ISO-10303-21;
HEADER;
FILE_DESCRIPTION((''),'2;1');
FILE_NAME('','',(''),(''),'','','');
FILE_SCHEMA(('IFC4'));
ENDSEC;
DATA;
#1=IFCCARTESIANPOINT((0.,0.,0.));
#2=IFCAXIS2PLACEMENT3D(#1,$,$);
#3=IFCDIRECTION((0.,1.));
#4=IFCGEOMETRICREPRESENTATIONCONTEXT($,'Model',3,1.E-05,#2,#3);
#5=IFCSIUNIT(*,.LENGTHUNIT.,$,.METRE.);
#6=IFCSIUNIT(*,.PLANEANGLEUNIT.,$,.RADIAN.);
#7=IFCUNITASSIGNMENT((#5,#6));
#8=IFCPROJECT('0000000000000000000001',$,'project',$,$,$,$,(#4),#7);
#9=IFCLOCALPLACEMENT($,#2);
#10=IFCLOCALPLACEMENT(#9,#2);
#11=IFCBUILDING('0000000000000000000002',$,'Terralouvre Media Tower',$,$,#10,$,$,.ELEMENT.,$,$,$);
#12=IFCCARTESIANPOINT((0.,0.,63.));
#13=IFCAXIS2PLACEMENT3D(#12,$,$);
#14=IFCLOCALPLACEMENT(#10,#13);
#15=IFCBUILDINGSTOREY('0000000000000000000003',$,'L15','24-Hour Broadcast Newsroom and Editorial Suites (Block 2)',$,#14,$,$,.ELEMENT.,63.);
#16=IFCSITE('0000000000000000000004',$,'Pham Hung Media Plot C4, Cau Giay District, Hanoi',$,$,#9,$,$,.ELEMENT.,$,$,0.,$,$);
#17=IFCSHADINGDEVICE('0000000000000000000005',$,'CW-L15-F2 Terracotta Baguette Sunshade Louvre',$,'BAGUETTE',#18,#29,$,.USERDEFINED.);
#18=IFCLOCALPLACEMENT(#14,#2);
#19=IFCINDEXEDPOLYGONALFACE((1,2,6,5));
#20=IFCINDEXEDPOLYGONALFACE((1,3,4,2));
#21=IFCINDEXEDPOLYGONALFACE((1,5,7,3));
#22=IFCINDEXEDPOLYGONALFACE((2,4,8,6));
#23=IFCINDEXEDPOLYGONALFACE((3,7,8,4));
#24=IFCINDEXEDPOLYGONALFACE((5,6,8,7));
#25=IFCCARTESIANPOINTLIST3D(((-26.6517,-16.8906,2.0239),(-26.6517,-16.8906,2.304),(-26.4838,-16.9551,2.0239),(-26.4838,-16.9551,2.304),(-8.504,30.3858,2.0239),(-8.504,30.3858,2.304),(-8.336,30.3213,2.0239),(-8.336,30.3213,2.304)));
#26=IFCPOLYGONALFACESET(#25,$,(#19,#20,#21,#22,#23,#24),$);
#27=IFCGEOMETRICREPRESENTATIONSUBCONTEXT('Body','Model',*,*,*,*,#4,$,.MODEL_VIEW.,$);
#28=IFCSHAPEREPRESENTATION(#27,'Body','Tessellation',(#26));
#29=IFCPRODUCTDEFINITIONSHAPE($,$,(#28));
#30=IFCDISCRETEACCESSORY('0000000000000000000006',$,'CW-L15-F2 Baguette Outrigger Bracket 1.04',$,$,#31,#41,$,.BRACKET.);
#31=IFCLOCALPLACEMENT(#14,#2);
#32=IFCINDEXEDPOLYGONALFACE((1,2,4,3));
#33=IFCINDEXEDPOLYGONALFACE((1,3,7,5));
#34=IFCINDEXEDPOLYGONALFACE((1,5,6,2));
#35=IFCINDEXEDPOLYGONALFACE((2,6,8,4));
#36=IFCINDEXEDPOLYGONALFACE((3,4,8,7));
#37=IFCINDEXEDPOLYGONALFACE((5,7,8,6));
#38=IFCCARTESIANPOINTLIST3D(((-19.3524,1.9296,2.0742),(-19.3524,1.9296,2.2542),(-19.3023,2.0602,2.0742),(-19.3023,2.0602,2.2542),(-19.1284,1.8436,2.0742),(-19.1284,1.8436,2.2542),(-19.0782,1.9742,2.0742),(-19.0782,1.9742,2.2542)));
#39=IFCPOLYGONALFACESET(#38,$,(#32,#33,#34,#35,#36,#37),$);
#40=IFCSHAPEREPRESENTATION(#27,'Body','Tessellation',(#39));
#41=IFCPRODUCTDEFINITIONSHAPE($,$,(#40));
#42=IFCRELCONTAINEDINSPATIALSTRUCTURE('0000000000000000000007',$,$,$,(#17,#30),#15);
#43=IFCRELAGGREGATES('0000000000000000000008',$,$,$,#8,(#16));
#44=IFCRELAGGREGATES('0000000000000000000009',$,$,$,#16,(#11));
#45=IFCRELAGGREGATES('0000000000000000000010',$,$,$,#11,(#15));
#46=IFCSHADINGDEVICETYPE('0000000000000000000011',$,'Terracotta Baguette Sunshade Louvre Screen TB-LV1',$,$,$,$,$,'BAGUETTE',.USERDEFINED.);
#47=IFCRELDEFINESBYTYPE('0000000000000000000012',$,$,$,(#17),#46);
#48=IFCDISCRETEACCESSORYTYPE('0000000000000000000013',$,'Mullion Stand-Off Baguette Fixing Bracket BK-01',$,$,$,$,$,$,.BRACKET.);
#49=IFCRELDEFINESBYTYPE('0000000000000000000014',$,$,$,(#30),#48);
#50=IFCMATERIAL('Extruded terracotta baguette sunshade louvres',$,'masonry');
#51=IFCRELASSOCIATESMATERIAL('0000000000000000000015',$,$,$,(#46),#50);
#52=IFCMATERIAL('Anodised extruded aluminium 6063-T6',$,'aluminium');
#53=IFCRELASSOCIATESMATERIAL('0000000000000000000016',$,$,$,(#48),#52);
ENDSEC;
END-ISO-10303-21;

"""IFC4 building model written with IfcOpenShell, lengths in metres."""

from ifc_helpers import new_model, si_unit, direction, frame, origin, origin_2d, place, context, subcontext, project, spatial, rectangle, extrude, material, type_object, element, save


model = new_model("IFC4")

# Units and contexts
model_context = context("Model", 3, precision=1e-05, world=origin(), true_north=direction((0.0, 1.0)))
body_context = subcontext(model_context, "Body", "Model", "MODEL_VIEW")
ifc_project = project(units=[si_unit("LENGTHUNIT", "METRE"), si_unit("PLANEANGLEUNIT", "RADIAN")], contexts=[model_context])

# Site, building, storey
site_placement = place(None, origin())
site = spatial("IfcSite", under=ifc_project, at=site_placement, Name="Pham Hung Media Plot C4, Cau Giay District, Hanoi", CompositionType="ELEMENT", RefElevation=0.0)
building_placement = place(site_placement, origin())
building = spatial("IfcBuilding", under=site, at=building_placement, Name="Terralouvre Media Tower", CompositionType="ELEMENT")
storey_placement = place(building_placement, frame((0.0, 0.0, 63.0)))
storey = spatial("IfcBuildingStorey", under=building, at=storey_placement, Name="L15", Description="24-Hour Broadcast Newsroom and Editorial Suites (Block 2)", CompositionType="ELEMENT", Elevation=63.0)

# Shading device
ifc_material_1 = material(Name="Extruded terracotta baguette sunshade louvres", Category="masonry")
shading_device_type = type_object("IfcShadingDeviceType", Name="Terracotta Baguette Sunshade Louvre Screen TB-LV1", ElementType="BAGUETTE", PredefinedType="USERDEFINED", material=ifc_material_1)
shading_device_placement = place(storey_placement, frame((-17.4939, 6.7153, 2.0239), z_axis=(0.0, 0.0, 1.0), x_axis=(-0.358368, -0.93358, 0.0)))
element("IfcShadingDevice", 1, at=shading_device_placement, inside=storey, type_object=shading_device_type, Name="CW-L15-F2 Terracotta Baguette Sunshade Louvre", ObjectType="BAGUETTE", PredefinedType="USERDEFINED", context=body_context, shape_type="SweptSolid", body=[
    extrude(rectangle(XDim=50.6399, YDim=0.1799, at=origin_2d()), origin(), (0.0, 0.0, 1.0), 0.28),
])

# Discrete accessory
ifc_material_2 = material(Name="Anodised extruded aluminium 6063-T6", Category="aluminium")
discrete_accessory_type = type_object("IfcDiscreteAccessoryType", Name="Mullion Stand-Off Baguette Fixing Bracket BK-01", PredefinedType="BRACKET", material=ifc_material_2)
discrete_accessory_placement = place(storey_placement, frame((-19.2153, 1.9519, 2.0742), z_axis=(0.0, 0.0, 1.0), x_axis=(-0.358368, -0.93358, 0.0)))
element("IfcDiscreteAccessory", 2, at=discrete_accessory_placement, inside=storey, type_object=discrete_accessory_type, Name="CW-L15-F2 Baguette Outrigger Bracket 1.04", PredefinedType="BRACKET", context=body_context, shape_type="SweptSolid", body=[
    extrude(rectangle(XDim=0.1399, YDim=0.24, at=origin_2d()), origin(), (0.0, 0.0, 1.0), 0.1799),
])

save(model, "model.ifc")
